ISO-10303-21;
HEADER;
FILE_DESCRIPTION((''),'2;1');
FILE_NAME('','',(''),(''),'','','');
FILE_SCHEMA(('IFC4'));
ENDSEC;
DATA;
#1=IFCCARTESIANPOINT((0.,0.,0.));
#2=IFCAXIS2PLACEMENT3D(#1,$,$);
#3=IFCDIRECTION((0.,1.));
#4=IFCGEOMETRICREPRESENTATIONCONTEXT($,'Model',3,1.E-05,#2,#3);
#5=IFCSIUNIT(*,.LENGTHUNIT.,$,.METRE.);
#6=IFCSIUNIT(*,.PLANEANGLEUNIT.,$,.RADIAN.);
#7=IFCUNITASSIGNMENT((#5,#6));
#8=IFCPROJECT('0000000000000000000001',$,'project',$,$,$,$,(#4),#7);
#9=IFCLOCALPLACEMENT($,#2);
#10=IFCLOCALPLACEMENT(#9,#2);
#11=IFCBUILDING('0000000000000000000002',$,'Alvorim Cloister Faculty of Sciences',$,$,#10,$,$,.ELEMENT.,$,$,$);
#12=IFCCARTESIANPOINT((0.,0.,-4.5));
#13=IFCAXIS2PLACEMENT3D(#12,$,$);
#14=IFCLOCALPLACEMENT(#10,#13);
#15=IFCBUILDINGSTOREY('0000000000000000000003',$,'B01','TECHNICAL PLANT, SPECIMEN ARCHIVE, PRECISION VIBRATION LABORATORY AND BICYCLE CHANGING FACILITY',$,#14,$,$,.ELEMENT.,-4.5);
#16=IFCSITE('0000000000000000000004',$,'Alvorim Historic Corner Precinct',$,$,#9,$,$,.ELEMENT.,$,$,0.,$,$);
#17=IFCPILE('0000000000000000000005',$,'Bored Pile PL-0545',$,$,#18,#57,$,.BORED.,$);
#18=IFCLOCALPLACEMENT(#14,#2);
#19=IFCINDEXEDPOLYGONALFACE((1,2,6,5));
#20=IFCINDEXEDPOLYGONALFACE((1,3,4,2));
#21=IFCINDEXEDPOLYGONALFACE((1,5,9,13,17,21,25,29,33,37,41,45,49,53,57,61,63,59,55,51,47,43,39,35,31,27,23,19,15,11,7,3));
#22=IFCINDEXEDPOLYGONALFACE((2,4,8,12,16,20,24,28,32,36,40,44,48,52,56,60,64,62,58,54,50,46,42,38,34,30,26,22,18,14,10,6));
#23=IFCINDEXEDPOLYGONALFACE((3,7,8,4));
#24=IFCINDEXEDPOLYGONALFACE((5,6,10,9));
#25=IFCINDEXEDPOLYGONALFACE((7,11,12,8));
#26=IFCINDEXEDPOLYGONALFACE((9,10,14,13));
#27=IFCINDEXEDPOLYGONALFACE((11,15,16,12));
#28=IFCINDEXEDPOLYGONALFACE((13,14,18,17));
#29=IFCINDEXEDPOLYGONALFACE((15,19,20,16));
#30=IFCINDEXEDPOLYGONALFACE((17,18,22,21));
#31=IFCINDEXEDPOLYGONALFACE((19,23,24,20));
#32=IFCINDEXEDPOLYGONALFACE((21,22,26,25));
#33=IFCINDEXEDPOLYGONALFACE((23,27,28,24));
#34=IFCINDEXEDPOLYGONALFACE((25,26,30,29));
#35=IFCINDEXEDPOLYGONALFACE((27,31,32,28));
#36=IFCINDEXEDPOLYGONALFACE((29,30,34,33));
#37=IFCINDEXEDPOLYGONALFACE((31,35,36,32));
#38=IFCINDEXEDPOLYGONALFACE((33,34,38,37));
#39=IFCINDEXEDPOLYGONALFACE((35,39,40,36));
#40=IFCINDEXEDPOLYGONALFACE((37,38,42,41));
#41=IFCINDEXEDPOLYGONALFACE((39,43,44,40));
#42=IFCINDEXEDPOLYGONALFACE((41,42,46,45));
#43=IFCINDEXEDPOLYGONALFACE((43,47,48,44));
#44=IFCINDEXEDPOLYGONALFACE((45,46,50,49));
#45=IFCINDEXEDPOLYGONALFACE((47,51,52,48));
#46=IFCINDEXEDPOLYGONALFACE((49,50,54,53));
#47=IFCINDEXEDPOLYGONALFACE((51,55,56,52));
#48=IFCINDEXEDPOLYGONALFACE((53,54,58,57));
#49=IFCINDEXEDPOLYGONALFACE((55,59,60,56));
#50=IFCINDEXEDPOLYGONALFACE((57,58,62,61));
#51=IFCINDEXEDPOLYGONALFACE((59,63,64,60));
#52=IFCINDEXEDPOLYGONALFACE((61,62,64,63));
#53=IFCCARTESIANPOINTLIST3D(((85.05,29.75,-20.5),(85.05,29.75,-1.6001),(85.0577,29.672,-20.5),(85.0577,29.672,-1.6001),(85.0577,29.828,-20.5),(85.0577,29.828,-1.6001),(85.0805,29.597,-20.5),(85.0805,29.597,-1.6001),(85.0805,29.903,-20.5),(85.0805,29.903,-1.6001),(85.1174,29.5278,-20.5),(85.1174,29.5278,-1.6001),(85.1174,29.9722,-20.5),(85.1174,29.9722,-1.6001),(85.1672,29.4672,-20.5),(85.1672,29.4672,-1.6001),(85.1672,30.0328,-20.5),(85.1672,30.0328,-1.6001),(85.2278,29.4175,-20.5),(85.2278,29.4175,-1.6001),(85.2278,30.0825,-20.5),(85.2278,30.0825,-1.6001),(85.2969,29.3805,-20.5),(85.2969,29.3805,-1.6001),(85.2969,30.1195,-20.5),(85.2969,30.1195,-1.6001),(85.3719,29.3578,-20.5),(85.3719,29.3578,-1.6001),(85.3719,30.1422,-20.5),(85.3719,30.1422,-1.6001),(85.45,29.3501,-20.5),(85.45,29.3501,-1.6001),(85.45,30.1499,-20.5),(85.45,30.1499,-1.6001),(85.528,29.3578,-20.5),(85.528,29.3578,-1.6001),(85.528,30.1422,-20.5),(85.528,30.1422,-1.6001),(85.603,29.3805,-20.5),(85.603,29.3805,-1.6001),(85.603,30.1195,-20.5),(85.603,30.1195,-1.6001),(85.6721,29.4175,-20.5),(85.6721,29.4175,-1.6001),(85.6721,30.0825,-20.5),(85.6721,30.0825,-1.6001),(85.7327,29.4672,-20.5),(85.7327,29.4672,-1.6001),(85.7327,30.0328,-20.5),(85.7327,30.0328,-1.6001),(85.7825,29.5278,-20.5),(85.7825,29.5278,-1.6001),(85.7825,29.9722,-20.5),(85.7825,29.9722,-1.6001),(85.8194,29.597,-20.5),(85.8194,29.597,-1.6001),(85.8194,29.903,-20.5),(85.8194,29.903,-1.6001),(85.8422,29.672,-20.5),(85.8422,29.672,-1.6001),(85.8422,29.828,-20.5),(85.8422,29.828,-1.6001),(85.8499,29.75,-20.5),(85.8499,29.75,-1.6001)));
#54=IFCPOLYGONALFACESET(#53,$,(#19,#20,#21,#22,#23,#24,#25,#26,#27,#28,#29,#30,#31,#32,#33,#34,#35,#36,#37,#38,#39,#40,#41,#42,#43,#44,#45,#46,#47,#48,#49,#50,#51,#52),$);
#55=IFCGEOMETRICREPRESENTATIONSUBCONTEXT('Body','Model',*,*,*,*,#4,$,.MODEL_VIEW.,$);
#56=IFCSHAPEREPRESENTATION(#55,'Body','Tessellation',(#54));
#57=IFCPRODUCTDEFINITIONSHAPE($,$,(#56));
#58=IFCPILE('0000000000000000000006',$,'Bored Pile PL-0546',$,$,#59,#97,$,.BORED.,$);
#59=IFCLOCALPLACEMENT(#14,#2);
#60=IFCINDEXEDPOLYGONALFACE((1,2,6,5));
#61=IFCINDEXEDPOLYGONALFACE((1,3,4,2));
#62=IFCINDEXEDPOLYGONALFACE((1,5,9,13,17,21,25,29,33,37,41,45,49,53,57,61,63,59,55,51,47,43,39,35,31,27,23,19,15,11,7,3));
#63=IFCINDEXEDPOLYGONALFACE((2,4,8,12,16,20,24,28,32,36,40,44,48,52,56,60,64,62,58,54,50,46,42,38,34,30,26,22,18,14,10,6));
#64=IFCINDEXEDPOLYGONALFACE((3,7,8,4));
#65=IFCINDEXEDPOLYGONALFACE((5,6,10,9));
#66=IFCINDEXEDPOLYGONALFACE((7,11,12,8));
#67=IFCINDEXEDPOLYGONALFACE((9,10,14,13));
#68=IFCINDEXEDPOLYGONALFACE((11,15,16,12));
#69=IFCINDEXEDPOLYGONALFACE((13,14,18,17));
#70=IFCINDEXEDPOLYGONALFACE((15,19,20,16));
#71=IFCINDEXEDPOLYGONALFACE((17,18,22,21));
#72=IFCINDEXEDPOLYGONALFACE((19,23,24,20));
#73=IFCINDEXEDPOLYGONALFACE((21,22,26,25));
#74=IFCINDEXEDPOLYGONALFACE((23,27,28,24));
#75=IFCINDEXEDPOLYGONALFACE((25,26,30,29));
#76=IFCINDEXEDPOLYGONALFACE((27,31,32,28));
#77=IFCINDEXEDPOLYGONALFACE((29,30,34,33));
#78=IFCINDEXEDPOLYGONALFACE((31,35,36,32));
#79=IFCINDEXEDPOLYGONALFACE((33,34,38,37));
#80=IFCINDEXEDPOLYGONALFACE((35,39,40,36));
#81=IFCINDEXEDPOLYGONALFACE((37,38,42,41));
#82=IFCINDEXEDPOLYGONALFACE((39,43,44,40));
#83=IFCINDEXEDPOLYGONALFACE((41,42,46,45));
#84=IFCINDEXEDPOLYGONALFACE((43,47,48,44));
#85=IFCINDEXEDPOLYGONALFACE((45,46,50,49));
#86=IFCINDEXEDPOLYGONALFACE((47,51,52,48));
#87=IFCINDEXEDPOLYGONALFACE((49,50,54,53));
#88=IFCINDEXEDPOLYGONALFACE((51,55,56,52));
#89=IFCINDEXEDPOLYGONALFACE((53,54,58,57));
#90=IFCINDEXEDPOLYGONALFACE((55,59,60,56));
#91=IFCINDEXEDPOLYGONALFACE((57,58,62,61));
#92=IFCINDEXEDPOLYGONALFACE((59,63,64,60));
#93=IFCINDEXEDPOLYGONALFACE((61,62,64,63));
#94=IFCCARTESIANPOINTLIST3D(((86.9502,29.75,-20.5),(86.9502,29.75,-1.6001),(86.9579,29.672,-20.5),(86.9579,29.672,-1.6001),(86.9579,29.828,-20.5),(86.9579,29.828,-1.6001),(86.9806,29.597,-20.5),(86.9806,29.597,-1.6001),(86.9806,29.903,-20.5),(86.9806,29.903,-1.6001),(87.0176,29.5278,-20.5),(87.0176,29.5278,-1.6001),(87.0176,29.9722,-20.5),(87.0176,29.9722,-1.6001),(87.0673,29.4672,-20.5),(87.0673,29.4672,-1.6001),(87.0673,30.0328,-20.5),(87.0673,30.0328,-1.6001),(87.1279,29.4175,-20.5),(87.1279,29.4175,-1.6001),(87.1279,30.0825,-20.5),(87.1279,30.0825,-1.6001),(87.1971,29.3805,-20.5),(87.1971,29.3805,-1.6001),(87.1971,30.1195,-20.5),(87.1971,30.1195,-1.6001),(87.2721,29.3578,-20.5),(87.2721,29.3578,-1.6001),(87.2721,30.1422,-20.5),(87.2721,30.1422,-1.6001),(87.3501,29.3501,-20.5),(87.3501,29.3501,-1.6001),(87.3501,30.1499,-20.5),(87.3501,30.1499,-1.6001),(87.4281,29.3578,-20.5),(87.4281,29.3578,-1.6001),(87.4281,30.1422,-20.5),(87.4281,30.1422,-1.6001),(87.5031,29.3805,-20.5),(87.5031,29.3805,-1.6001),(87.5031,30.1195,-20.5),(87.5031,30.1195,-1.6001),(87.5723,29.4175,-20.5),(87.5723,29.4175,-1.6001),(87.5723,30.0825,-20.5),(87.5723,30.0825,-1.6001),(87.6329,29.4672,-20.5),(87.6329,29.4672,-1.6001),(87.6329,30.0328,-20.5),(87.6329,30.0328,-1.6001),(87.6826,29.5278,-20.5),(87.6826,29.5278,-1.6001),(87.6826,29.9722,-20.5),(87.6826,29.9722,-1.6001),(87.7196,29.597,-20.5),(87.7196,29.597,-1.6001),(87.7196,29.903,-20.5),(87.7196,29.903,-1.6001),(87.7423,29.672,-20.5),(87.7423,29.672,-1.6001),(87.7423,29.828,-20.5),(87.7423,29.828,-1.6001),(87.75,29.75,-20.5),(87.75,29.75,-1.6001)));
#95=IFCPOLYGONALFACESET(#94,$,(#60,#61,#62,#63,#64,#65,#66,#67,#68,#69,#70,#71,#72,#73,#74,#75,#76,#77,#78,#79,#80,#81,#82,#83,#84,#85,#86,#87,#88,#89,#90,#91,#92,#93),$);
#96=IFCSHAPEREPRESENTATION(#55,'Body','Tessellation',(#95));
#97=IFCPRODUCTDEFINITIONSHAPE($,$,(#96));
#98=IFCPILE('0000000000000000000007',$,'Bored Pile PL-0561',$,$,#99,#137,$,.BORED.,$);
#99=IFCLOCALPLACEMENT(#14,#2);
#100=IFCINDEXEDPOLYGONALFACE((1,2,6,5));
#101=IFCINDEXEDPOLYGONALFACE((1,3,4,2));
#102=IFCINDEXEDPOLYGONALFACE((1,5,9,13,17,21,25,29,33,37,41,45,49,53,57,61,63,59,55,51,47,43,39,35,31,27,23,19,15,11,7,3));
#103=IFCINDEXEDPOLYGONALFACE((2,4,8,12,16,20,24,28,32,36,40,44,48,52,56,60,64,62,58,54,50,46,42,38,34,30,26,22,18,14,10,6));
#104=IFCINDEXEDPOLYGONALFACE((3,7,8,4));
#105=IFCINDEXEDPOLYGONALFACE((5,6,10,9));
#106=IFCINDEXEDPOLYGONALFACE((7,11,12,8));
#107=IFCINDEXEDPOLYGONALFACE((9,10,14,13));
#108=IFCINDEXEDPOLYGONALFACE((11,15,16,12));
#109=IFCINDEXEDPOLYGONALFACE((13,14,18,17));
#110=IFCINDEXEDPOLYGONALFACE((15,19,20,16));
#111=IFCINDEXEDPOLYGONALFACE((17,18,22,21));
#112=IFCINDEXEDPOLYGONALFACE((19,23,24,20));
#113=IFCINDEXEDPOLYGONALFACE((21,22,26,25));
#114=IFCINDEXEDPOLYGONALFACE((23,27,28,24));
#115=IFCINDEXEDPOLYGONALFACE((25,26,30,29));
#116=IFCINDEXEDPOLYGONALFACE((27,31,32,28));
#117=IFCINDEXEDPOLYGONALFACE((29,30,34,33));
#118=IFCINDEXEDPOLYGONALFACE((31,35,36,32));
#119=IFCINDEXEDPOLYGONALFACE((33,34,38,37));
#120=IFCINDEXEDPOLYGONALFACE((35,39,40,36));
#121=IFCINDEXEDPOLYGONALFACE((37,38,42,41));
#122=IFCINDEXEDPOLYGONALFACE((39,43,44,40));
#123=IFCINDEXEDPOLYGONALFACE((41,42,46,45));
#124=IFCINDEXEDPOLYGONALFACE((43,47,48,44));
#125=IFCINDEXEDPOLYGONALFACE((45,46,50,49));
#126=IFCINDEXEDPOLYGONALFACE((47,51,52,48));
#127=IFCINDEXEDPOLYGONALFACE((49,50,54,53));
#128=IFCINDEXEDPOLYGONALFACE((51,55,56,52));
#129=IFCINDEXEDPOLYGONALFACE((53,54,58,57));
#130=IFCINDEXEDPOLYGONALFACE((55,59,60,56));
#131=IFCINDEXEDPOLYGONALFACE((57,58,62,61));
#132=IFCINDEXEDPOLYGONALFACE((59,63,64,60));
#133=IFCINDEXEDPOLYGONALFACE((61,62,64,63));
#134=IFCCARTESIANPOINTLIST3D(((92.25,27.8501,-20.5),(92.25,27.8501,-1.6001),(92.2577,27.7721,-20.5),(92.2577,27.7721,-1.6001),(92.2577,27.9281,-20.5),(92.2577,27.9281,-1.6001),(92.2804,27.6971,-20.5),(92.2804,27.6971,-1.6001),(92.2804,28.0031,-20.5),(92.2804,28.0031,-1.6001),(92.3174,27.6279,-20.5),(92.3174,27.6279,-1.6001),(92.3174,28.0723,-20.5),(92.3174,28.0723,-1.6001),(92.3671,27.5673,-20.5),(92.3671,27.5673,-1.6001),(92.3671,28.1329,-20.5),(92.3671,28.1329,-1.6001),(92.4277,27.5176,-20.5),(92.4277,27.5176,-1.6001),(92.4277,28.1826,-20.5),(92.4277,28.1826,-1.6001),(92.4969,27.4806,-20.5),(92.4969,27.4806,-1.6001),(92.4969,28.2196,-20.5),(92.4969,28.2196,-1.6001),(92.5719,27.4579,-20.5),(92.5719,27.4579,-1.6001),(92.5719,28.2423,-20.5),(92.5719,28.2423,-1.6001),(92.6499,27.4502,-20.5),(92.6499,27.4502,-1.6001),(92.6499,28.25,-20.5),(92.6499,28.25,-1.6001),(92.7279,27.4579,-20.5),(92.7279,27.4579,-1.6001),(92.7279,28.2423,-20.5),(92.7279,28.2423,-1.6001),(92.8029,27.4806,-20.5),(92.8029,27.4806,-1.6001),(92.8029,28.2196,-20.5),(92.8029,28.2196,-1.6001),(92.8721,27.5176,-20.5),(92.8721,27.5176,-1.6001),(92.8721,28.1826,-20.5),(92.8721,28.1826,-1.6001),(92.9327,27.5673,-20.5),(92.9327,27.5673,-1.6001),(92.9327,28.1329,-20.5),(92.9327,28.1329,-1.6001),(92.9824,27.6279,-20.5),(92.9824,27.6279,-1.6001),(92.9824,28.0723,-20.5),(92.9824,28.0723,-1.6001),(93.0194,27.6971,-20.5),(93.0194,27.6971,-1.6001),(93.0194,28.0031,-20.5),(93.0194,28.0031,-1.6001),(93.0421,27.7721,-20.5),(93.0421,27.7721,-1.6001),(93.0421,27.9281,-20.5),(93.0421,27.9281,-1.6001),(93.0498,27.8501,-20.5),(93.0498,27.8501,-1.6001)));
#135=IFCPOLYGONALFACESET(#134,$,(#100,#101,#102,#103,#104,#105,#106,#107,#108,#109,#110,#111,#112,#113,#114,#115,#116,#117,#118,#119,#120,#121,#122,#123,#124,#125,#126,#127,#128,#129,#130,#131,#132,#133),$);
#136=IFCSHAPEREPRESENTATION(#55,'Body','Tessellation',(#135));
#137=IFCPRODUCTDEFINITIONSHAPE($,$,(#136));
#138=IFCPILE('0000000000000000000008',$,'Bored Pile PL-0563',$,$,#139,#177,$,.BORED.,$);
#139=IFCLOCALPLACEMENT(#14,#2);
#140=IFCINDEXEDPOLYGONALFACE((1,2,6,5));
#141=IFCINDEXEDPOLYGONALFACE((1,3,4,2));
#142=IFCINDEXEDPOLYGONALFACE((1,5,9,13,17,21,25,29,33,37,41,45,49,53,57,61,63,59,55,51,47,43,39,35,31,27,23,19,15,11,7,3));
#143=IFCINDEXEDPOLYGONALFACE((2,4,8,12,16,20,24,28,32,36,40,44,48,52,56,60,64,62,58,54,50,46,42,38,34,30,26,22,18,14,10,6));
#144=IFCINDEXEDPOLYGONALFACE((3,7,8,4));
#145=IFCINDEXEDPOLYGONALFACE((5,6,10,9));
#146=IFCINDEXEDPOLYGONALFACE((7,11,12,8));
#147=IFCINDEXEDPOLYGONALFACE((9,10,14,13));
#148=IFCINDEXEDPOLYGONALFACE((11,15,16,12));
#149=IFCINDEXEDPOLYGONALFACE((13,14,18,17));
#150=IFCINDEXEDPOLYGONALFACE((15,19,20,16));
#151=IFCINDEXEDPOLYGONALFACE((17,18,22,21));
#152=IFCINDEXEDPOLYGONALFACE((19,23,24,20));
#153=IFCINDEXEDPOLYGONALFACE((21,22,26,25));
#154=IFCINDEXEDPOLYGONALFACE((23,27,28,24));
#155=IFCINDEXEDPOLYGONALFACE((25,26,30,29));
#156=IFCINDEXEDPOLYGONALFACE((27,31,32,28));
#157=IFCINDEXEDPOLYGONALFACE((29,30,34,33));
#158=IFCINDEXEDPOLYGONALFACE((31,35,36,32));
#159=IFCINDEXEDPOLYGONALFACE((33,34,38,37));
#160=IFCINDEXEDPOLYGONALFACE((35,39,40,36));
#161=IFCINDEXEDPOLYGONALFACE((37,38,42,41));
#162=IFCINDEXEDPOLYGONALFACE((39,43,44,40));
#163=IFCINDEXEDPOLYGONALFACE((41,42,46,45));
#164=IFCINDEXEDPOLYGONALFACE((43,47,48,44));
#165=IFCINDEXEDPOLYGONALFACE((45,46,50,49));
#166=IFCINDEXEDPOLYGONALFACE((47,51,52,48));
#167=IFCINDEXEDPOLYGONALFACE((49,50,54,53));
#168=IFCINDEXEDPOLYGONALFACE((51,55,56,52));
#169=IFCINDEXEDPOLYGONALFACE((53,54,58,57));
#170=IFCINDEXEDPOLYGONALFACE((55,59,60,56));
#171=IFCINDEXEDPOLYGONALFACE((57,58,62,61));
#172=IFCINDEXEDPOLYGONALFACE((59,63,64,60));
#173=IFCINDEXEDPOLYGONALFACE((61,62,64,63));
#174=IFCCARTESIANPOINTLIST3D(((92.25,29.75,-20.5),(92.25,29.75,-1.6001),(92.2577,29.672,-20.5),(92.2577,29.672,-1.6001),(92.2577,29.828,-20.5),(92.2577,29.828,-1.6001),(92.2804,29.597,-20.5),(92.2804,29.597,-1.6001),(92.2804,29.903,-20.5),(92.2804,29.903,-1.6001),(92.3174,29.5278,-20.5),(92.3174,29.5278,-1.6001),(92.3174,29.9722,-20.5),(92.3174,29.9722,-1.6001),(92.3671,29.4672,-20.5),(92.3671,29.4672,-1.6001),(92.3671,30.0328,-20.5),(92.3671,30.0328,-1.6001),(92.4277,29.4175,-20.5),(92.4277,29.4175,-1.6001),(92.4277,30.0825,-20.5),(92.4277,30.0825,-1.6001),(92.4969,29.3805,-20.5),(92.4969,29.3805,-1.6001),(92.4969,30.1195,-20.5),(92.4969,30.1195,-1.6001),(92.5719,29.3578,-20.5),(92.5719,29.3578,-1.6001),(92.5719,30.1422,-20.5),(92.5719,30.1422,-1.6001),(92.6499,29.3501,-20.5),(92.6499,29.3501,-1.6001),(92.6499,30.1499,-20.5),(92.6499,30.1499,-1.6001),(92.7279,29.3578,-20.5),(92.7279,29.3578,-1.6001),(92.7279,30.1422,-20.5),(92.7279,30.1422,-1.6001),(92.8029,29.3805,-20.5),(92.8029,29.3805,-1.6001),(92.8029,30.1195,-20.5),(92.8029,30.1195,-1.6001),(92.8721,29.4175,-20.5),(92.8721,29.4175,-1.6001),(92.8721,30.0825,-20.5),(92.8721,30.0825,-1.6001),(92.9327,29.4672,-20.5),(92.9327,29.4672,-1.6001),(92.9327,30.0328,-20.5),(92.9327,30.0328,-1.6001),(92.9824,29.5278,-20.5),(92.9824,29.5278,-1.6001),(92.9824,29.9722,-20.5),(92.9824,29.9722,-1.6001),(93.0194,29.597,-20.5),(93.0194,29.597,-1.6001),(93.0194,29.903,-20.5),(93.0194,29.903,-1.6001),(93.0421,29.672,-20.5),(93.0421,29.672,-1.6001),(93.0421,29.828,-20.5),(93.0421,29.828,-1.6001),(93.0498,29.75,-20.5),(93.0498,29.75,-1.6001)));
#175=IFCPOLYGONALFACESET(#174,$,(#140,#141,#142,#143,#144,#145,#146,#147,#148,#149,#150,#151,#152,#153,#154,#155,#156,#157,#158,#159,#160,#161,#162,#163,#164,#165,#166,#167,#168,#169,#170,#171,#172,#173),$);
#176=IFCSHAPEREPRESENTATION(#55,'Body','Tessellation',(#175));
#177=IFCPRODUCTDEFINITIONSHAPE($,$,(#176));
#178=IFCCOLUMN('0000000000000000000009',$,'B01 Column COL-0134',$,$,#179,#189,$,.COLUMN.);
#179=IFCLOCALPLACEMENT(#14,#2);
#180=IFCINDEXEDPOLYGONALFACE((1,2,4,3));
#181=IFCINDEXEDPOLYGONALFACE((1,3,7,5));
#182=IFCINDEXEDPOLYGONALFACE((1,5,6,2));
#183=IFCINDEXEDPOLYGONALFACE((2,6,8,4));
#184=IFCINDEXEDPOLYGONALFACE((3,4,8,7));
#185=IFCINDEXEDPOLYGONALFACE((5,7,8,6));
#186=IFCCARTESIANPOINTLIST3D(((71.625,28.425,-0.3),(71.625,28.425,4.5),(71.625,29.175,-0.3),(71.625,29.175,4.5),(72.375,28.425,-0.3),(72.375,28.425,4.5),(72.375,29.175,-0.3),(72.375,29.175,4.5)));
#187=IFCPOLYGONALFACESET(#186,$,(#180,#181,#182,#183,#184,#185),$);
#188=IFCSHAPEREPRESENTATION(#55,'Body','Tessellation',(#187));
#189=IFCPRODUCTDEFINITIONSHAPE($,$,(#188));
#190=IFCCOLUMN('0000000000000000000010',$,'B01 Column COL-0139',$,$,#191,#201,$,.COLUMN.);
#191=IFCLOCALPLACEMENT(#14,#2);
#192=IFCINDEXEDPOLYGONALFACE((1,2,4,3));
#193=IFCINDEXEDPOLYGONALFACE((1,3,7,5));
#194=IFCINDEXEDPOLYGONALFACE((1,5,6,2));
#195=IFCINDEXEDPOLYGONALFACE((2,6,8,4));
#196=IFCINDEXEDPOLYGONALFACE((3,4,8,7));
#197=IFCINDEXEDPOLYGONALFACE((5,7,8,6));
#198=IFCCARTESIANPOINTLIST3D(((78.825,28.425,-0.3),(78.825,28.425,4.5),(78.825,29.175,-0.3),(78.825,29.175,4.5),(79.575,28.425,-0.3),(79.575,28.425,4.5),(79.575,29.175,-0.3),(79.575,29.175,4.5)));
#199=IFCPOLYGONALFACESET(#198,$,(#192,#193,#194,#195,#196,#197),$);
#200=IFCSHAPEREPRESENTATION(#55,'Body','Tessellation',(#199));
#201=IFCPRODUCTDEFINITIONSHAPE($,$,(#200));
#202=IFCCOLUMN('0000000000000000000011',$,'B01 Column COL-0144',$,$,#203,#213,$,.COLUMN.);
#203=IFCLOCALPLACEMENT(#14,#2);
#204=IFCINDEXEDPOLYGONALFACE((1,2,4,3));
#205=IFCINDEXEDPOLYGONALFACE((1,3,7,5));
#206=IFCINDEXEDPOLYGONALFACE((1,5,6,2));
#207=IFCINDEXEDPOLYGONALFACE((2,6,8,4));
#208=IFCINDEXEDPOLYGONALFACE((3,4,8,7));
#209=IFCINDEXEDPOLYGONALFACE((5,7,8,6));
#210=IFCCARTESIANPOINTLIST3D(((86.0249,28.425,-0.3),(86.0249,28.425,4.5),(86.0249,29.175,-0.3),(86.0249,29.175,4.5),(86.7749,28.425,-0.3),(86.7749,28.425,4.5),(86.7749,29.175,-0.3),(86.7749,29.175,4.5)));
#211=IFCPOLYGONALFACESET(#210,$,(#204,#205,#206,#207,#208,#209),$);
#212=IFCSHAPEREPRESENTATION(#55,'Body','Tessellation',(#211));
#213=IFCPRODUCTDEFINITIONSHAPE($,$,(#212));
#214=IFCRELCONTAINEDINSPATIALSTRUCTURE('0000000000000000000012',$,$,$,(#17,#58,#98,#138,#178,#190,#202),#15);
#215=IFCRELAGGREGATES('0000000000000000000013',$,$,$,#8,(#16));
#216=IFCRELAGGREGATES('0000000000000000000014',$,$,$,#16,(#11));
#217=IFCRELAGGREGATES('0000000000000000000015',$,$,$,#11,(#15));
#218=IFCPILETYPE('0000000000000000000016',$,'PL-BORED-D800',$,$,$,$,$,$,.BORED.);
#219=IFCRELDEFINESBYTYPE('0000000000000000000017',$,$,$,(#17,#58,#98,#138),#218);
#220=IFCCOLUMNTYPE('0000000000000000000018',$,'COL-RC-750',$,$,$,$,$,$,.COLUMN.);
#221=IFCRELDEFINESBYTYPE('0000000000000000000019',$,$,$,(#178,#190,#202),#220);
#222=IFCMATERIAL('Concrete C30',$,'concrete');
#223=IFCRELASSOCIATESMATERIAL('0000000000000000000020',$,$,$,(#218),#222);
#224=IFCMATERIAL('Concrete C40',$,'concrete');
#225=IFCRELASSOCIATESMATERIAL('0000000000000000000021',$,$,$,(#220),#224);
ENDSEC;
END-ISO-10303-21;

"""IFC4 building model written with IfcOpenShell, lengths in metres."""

from ifc_helpers import new_model, si_unit, direction, frame, origin, origin_2d, place, context, subcontext, project, spatial, rectangle, circle, extrude, material, material_profile, profile_set, type_object, element, save


model = new_model("IFC4")

# Units and contexts
model_context = context("Model", 3, precision=1e-05, world=origin(), true_north=direction((0.0, 1.0)))
body_context = subcontext(model_context, "Body", "Model", "MODEL_VIEW")
ifc_project = project(units=[si_unit("LENGTHUNIT", "METRE"), si_unit("PLANEANGLEUNIT", "RADIAN")], contexts=[model_context])

# Site, building, storey
site_placement = place(None, origin())
site = spatial("IfcSite", under=ifc_project, at=site_placement, Name="Alvorim Historic Corner Precinct", CompositionType="ELEMENT", RefElevation=0.0)
building_placement = place(site_placement, origin())
building = spatial("IfcBuilding", under=site, at=building_placement, Name="Alvorim Cloister Faculty of Sciences", CompositionType="ELEMENT")
storey_placement = place(building_placement, frame((0.0, 0.0, -4.5)))
storey = spatial("IfcBuildingStorey", under=building, at=storey_placement, Name="B01", Description="TECHNICAL PLANT, SPECIMEN ARCHIVE, PRECISION VIBRATION LABORATORY AND BICYCLE CHANGING FACILITY", CompositionType="ELEMENT", Elevation=-4.5)

# Shared definitions
ifc_material_1 = material(Name="Concrete C40", Category="concrete")

# Piles
ifc_material_2 = material(Name="Concrete C30", Category="concrete")
ifc_material_profile_1 = material_profile(ifc_material_2, circle(Radius=0.3999, at=origin_2d()), Name="PILE-D800")
ifc_profile_set_1 = profile_set([ifc_material_profile_1], Name="Concrete C30")
pile_type_1 = type_object("IfcPileType", Name="PL-BORED-D800", PredefinedType="BORED", material=ifc_profile_set_1)
for number, where, z_axis, x_axis, name in (
    (1, (85.45, 29.75, -1.6001), (0.0, 0.0, -1.0), (1.0, 0.0, 0.0), "Bored Pile PL-0545"),
    (2, (87.3501, 29.75, -1.6001), (0.0, 0.0, -1.0), (1.0, 0.0, 0.0), "Bored Pile PL-0546"),
    (3, (92.6499, 27.8501, -1.6001), (0.0, 0.0, -1.0), (1.0, 0.0, 0.0), "Bored Pile PL-0561"),
    (4, (92.6499, 29.75, -1.6001), (0.0, 0.0, -1.0), (1.0, 0.0, 0.0), "Bored Pile PL-0563"),
):
    element("IfcPile", number, at=place(storey_placement, frame(where, z_axis=z_axis, x_axis=x_axis)), inside=storey, type_object=pile_type_1, Name=name, PredefinedType="BORED", context=body_context, shape_type="SweptSolid", body=[
        extrude(circle(Radius=0.3999, at=origin_2d()), origin(), (0.0, 0.0, 1.0), 18.8999),
    ])

# Columns
ifc_material_profile_2 = material_profile(ifc_material_1, rectangle(XDim=0.75, YDim=0.75, at=origin_2d()), Name="RC40-COL-750x750")
ifc_profile_set_2 = profile_set([ifc_material_profile_2], Name="Concrete C40")
column_type_1 = type_object("IfcColumnType", Name="COL-RC-750", PredefinedType="COLUMN", material=ifc_profile_set_2)
for number, where, z_axis, x_axis, name in (
    (5, (72.0, 28.8, -0.3), (0.0, 0.0, 1.0), (1.0, 0.0, 0.0), "B01 Column COL-0134"),
    (6, (79.2, 28.8, -0.3), (0.0, 0.0, 1.0), (1.0, 0.0, 0.0), "B01 Column COL-0139"),
    (7, (86.3999, 28.8, -0.3), (0.0, 0.0, 1.0), (1.0, 0.0, 0.0), "B01 Column COL-0144"),
):
    element("IfcColumn", number, at=place(storey_placement, frame(where, z_axis=z_axis, x_axis=x_axis)), inside=storey, type_object=column_type_1, Name=name, PredefinedType="COLUMN", context=body_context, shape_type="SweptSolid", body=[
        extrude(rectangle(XDim=0.75, YDim=0.75, at=origin_2d()), origin(), (0.0, 0.0, 1.0), 4.8),
    ])

save(model, "model.ifc")
